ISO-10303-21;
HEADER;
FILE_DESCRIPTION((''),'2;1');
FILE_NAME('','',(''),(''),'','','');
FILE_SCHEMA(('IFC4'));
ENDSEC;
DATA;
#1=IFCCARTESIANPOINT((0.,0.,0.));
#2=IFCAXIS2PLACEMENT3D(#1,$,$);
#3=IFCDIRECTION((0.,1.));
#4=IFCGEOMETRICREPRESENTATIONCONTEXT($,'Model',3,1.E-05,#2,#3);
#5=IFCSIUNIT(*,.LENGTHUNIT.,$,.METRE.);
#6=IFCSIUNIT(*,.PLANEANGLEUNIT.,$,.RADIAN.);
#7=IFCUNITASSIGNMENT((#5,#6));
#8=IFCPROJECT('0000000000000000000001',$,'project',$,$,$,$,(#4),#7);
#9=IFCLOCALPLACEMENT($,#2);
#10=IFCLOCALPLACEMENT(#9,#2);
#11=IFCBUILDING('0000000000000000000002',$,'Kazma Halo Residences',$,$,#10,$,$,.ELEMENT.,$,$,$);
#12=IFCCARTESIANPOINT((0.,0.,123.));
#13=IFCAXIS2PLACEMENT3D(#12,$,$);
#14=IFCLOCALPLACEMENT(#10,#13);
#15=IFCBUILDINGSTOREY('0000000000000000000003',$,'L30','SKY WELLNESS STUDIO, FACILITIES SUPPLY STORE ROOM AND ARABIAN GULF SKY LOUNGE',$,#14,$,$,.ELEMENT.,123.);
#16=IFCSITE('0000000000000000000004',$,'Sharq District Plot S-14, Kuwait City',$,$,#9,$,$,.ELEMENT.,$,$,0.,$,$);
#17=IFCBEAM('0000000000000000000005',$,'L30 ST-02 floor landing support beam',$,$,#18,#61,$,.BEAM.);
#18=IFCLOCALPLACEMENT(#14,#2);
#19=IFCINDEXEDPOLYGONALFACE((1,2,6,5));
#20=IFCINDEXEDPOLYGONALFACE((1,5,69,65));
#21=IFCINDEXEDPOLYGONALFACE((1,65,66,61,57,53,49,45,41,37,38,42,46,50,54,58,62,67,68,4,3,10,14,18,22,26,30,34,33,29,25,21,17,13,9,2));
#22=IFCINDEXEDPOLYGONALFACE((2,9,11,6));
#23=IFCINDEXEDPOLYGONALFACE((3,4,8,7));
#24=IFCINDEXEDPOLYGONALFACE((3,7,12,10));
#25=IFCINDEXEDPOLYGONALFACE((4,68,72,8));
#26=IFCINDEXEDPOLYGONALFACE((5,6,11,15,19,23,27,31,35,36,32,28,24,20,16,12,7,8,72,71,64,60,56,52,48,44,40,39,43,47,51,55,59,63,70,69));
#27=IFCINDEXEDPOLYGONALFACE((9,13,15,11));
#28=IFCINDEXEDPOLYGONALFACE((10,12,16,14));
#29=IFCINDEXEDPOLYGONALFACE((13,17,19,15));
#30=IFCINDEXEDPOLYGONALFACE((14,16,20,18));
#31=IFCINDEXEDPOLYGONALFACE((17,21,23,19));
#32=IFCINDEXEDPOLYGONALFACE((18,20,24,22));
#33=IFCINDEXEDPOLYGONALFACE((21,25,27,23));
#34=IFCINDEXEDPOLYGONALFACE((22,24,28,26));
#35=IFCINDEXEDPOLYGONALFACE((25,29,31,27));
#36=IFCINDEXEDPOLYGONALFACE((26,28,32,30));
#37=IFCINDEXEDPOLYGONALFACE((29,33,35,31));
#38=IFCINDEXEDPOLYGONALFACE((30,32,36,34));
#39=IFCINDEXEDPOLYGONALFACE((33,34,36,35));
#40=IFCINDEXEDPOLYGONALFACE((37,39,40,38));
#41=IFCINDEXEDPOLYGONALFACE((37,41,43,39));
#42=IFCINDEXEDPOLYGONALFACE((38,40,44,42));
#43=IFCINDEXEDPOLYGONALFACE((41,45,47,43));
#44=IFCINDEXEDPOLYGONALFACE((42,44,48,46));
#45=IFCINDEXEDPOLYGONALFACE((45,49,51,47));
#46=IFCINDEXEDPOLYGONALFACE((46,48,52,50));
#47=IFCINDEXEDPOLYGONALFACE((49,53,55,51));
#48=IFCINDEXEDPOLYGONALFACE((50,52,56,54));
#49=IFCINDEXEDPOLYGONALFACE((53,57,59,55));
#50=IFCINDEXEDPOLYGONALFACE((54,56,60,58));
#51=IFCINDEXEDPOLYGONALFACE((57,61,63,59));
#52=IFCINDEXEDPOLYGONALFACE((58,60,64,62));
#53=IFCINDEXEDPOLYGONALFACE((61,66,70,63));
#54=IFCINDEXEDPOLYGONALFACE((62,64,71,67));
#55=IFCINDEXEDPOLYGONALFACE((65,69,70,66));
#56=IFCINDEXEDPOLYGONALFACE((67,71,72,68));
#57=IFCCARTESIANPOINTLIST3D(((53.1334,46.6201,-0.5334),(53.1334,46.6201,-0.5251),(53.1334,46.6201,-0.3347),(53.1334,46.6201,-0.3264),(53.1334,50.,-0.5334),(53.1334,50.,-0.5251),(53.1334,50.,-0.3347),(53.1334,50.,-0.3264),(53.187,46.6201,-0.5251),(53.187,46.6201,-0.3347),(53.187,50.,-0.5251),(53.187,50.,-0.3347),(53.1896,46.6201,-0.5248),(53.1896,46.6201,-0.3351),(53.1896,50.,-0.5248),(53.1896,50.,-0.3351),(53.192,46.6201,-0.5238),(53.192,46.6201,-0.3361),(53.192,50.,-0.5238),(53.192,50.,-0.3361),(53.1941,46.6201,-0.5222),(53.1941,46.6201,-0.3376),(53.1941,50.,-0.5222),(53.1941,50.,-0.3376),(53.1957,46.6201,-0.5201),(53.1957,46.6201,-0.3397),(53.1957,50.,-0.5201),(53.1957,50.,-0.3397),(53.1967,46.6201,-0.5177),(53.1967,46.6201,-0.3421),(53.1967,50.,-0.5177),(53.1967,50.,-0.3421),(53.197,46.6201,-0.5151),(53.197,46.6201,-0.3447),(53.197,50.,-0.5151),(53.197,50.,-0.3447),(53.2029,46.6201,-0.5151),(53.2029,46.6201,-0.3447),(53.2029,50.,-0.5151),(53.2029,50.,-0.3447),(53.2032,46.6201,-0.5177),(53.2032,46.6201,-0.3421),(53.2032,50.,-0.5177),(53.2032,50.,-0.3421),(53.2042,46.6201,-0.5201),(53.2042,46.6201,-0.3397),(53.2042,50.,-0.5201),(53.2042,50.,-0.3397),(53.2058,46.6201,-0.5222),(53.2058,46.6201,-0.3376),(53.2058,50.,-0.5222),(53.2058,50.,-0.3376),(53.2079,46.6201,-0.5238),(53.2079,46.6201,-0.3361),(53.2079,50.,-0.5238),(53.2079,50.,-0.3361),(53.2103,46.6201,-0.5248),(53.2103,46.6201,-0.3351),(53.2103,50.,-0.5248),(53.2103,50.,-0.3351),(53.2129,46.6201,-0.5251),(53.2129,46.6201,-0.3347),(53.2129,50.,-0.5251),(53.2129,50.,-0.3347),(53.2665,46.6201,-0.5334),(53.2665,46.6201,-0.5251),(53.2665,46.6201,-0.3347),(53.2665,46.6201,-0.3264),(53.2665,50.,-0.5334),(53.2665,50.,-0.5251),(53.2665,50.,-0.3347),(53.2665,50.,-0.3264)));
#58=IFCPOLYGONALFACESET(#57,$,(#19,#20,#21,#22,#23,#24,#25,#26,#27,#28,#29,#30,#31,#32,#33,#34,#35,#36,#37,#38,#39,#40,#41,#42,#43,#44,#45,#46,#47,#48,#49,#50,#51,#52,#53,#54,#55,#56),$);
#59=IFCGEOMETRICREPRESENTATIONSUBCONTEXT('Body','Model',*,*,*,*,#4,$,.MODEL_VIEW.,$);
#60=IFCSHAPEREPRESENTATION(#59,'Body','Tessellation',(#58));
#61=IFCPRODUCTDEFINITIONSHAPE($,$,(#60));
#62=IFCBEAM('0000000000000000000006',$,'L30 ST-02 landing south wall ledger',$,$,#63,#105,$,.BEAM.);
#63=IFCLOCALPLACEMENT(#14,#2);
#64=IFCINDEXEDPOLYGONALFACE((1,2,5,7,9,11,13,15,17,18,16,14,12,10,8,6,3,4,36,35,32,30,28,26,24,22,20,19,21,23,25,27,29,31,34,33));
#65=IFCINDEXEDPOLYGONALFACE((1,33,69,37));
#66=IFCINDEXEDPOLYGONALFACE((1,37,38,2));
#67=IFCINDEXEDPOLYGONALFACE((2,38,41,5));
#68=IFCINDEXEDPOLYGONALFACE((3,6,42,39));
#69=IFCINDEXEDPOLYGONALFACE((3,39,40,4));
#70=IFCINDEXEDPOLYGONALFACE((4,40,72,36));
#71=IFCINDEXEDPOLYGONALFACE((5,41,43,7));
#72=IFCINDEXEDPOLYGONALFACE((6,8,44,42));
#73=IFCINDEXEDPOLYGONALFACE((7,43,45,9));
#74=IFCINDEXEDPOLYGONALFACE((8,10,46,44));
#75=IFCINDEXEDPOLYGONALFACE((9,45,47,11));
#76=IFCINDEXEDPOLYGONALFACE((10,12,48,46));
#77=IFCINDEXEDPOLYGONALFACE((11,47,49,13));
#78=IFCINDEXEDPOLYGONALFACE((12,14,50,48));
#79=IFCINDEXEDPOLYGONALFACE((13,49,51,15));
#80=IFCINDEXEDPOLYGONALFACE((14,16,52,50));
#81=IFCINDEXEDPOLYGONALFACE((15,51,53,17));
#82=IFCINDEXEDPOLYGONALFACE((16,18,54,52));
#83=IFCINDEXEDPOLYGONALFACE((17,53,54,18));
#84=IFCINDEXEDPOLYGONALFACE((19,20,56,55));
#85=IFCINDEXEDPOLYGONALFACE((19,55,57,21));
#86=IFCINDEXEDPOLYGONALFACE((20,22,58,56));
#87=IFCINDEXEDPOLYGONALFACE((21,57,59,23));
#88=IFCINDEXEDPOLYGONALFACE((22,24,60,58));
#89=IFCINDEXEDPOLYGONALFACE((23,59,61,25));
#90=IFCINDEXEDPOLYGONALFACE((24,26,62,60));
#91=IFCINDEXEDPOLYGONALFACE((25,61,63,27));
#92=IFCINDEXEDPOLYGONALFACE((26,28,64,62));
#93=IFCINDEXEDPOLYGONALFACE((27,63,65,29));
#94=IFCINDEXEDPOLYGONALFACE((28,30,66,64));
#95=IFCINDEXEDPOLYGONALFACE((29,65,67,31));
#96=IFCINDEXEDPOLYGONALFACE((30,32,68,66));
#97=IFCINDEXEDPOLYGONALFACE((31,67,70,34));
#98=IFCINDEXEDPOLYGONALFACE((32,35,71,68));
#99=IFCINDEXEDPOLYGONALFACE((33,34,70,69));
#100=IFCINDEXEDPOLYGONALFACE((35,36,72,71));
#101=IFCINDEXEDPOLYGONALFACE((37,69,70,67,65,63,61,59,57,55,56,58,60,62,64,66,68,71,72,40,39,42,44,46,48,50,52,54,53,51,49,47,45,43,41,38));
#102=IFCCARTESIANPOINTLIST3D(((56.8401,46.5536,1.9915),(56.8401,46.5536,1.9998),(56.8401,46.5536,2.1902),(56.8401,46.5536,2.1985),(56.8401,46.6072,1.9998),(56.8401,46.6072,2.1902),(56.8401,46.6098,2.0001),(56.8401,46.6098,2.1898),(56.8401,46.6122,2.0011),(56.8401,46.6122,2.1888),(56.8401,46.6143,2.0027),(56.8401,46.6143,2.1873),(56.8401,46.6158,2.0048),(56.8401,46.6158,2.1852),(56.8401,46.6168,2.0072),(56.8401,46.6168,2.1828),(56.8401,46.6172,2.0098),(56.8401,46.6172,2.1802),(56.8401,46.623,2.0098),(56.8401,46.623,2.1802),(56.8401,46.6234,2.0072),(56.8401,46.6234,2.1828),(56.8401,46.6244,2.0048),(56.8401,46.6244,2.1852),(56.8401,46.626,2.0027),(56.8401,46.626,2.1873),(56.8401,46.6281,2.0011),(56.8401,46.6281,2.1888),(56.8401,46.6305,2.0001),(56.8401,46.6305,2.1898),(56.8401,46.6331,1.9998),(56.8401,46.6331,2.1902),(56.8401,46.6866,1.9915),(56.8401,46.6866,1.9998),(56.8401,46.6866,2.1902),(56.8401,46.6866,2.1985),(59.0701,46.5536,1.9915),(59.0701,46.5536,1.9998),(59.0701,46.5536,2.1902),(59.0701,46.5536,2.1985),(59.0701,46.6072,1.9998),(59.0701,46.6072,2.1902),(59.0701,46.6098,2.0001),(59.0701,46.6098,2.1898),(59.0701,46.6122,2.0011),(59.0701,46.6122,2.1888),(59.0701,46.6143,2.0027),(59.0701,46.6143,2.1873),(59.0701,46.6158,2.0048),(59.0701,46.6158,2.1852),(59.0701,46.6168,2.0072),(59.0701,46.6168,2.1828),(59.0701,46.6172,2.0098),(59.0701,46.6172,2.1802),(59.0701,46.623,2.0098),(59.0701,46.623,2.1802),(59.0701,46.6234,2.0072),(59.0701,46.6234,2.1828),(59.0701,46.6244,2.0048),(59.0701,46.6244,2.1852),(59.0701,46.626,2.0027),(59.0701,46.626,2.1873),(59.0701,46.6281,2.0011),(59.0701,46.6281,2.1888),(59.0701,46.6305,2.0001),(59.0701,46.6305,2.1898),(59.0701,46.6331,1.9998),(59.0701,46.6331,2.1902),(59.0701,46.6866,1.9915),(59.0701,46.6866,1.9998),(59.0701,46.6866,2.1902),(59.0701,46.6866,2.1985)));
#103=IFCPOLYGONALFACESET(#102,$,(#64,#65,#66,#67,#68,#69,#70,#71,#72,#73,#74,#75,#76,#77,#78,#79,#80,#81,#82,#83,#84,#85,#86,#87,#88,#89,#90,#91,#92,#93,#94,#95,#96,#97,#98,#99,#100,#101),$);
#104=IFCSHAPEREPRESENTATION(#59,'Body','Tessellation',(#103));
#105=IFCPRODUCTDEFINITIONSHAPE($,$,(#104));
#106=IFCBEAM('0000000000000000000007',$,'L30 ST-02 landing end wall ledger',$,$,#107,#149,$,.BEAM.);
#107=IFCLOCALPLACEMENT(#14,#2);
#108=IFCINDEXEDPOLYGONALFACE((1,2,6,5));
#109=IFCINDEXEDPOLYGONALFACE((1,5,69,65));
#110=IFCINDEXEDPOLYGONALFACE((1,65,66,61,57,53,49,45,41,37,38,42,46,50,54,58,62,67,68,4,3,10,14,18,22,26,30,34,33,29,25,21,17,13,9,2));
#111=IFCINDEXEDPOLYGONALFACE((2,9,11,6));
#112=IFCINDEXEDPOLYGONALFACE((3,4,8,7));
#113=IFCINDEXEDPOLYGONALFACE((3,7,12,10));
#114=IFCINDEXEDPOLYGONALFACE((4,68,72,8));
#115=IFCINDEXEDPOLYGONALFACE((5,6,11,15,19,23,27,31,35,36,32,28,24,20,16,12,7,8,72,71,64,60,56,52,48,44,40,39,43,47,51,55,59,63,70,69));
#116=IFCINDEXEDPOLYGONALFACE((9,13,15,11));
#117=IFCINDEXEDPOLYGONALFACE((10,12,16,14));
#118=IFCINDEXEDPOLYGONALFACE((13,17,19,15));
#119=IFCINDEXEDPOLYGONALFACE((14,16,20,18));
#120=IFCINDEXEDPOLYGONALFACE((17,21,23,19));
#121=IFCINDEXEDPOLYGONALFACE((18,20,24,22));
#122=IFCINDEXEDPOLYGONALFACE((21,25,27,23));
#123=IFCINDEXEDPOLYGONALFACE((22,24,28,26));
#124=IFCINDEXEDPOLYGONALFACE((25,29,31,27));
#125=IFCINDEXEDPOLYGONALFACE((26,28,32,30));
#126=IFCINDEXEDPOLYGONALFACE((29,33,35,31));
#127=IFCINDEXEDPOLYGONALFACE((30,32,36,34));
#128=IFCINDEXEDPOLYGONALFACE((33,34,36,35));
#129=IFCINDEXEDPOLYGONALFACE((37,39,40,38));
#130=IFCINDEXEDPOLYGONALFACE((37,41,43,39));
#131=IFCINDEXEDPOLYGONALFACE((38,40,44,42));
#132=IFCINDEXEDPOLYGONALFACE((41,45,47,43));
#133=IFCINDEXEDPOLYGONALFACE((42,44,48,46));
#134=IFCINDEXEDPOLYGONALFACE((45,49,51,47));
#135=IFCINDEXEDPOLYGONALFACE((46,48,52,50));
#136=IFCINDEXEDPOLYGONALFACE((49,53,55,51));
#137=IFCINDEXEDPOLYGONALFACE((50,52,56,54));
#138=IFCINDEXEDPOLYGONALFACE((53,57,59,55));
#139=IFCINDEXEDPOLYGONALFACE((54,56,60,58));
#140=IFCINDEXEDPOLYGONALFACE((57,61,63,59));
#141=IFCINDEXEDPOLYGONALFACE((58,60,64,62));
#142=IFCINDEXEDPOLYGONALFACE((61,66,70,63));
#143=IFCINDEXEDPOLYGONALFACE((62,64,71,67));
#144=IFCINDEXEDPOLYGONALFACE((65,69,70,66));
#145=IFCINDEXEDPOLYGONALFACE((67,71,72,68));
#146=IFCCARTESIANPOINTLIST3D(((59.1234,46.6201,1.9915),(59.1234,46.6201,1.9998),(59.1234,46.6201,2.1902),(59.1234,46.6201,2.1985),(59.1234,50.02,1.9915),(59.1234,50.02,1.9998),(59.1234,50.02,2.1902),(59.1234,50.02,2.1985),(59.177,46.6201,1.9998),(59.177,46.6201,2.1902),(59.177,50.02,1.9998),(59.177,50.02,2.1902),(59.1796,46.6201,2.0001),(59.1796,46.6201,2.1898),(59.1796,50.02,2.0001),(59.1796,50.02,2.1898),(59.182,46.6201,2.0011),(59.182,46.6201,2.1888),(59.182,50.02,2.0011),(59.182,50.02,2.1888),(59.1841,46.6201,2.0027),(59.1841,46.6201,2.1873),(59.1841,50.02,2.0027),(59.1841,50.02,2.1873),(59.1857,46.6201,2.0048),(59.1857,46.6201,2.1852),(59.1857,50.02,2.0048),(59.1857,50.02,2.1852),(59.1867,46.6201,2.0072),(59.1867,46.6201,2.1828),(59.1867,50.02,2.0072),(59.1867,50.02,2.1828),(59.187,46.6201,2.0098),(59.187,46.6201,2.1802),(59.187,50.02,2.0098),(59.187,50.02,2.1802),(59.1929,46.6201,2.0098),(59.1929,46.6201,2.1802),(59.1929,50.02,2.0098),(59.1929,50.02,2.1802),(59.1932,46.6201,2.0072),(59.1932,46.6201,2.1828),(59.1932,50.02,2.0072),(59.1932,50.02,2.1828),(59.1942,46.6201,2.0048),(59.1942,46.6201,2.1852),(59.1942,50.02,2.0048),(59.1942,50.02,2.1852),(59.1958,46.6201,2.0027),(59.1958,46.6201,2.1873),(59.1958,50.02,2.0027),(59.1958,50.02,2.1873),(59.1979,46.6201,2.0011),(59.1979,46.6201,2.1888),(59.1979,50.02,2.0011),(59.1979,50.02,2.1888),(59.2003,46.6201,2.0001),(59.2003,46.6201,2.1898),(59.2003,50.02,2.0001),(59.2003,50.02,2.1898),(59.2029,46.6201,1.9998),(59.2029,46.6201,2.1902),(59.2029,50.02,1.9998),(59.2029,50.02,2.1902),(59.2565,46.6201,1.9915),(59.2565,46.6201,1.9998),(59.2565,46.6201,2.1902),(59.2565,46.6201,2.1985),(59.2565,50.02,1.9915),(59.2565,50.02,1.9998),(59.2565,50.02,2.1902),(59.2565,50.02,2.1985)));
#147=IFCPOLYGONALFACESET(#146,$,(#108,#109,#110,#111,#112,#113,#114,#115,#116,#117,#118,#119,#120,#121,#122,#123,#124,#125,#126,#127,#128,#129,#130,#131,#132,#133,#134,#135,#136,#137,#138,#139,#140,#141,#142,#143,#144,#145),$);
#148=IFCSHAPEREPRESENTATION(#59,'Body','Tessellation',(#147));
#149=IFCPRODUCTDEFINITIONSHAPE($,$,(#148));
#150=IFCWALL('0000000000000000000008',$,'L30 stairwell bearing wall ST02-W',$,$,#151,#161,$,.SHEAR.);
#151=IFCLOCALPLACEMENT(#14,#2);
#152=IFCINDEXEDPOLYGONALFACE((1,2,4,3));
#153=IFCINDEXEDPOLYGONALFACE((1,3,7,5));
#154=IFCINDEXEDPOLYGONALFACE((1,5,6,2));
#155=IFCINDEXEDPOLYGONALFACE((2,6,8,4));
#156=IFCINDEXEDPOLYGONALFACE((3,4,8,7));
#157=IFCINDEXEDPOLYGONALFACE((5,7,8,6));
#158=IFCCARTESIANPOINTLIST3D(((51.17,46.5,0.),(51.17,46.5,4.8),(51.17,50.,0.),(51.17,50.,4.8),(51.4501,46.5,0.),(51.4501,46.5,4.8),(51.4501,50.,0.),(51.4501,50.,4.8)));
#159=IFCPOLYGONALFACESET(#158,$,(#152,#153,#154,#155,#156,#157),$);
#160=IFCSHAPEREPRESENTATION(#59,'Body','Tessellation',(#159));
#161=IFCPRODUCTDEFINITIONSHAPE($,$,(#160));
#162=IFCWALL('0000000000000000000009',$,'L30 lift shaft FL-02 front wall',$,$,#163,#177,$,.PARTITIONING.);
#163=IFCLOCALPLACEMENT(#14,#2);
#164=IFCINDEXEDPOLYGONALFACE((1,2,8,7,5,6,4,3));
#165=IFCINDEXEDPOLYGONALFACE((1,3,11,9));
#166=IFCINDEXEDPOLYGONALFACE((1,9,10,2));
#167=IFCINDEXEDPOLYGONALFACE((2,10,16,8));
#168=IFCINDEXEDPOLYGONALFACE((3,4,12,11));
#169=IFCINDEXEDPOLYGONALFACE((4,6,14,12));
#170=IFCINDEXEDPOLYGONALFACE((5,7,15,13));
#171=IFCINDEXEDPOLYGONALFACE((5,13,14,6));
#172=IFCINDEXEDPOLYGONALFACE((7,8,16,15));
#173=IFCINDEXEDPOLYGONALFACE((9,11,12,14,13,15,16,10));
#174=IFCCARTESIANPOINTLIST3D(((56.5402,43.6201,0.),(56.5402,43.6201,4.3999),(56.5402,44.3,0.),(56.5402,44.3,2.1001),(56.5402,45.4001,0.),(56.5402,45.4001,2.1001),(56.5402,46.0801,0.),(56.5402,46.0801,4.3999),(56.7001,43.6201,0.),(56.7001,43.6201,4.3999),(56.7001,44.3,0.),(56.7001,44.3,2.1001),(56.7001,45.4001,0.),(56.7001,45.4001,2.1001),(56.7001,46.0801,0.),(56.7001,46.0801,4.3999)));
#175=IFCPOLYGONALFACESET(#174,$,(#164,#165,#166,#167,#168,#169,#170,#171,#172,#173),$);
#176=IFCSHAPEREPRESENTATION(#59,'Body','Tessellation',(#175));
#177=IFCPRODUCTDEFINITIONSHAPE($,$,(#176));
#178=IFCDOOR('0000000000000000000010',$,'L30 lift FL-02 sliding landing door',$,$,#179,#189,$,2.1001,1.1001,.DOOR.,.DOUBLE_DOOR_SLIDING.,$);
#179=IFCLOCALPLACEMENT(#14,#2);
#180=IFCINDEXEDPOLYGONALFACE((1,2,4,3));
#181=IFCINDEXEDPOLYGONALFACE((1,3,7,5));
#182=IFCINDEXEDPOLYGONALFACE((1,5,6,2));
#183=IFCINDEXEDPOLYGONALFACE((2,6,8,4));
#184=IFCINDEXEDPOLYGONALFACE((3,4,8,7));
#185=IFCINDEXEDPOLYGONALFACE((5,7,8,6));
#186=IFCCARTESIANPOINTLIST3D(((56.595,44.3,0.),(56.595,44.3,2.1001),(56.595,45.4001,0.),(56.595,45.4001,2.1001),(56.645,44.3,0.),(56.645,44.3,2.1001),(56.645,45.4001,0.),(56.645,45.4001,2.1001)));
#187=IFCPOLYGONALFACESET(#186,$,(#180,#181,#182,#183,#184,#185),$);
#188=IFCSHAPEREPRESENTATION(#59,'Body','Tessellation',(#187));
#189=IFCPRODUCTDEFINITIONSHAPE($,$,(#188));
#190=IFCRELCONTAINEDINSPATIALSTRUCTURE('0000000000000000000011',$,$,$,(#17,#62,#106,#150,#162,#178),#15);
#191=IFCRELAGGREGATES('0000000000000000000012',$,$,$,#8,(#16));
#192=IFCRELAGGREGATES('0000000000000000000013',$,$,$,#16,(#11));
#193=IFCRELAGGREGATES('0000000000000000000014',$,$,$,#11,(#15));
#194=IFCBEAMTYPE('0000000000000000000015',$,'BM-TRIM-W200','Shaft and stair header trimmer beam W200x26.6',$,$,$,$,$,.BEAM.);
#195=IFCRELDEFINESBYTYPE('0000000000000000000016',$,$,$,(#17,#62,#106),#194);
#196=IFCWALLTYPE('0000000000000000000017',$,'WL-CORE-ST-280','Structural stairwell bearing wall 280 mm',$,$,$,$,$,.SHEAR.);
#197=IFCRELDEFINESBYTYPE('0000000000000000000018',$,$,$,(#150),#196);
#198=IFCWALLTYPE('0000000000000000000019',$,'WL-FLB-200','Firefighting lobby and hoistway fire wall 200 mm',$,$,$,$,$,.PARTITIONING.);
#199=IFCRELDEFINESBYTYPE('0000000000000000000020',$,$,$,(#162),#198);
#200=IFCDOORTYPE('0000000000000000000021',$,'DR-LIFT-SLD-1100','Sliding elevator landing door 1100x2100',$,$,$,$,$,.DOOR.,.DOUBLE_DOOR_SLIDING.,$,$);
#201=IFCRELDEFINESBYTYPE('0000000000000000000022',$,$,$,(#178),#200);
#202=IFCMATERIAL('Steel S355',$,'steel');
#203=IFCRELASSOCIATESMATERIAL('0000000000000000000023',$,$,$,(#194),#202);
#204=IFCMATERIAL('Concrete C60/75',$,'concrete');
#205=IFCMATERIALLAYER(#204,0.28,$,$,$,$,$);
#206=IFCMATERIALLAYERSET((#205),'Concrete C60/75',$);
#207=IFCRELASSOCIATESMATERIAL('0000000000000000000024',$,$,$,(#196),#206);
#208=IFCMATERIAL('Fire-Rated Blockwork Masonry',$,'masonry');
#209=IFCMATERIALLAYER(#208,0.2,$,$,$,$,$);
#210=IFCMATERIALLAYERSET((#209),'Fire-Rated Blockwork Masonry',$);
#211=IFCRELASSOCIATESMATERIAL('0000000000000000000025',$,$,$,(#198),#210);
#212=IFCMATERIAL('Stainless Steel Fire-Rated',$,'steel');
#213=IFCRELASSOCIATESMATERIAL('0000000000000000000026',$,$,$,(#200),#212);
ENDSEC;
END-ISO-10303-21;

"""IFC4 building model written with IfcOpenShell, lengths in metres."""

from ifc_helpers import new_model, si_unit, direction, frame, frame_2d, origin, origin_2d, place, context, subcontext, project, spatial, rectangle, i_section, extrude, material, layer, layer_set, material_profile, profile_set, type_object, element, fill, save


model = new_model("IFC4")

# Units and contexts
model_context = context("Model", 3, precision=1e-05, world=origin(), true_north=direction((0.0, 1.0)))
body_context = subcontext(model_context, "Body", "Model", "MODEL_VIEW")
ifc_project = project(units=[si_unit("LENGTHUNIT", "METRE"), si_unit("PLANEANGLEUNIT", "RADIAN")], contexts=[model_context])

# Site, building, storey
site_placement = place(None, origin())
site = spatial("IfcSite", under=ifc_project, at=site_placement, Name="Sharq District Plot S-14, Kuwait City", CompositionType="ELEMENT", RefElevation=0.0)
building_placement = place(site_placement, origin())
building = spatial("IfcBuilding", under=site, at=building_placement, Name="Kazma Halo Residences", CompositionType="ELEMENT")
storey_placement = place(building_placement, frame((0.0, 0.0, 123.0)))
storey = spatial("IfcBuildingStorey", under=building, at=storey_placement, Name="L30", Description="SKY WELLNESS STUDIO, FACILITIES SUPPLY STORE ROOM AND ARABIAN GULF SKY LOUNGE", CompositionType="ELEMENT", Elevation=123.0)

# Shared definitions
ifc_material_1 = material(Name="Steel S355", Category="steel")

# Beams
ifc_material_profile_1 = material_profile(ifc_material_1, i_section(OverallWidth=0.1331, OverallDepth=0.207, WebThickness=0.0059, FlangeThickness=0.0083, FilletRadius=0.01, at=origin_2d()), Name="W200x26.6")
ifc_profile_set_1 = profile_set([ifc_material_profile_1], Name="Steel S355")
beam_type_1 = type_object("IfcBeamType", Name="BM-TRIM-W200", Description="Shaft and stair header trimmer beam W200x26.6", PredefinedType="BEAM", material=ifc_profile_set_1)
beam_1_placement = place(storey_placement, frame((53.2, 46.6201, -0.4299), z_axis=(0.0, 1.0, 0.0), x_axis=(-1.0, 0.0, 0.0)))
element("IfcBeam", 1, at=beam_1_placement, inside=storey, type_object=beam_type_1, Name="L30 ST-02 floor landing support beam", PredefinedType="BEAM", context=body_context, shape_type="SweptSolid", body=[
    extrude(i_section(OverallWidth=0.1331, OverallDepth=0.207, WebThickness=0.0059, FlangeThickness=0.0083, FilletRadius=0.01, at=origin_2d()), origin(), (0.0, 0.0, 1.0), 3.3799),
])
beam_2_placement = place(storey_placement, frame((56.8401, 46.6201, 2.095), z_axis=(1.0, 0.0, 0.0), x_axis=(0.0, 1.0, 0.0)))
element("IfcBeam", 2, at=beam_2_placement, inside=storey, type_object=beam_type_1, Name="L30 ST-02 landing south wall ledger", PredefinedType="BEAM", context=body_context, shape_type="SweptSolid", body=[
    extrude(i_section(OverallWidth=0.1331, OverallDepth=0.207, WebThickness=0.0059, FlangeThickness=0.0083, FilletRadius=0.01, at=origin_2d()), origin(), (0.0, 0.0, 1.0), 2.23),
])
beam_3_placement = place(storey_placement, frame((59.1899, 46.6201, 2.095), z_axis=(0.0, 1.0, 0.0), x_axis=(-1.0, 0.0, 0.0)))
element("IfcBeam", 3, at=beam_3_placement, inside=storey, type_object=beam_type_1, Name="L30 ST-02 landing end wall ledger", PredefinedType="BEAM", context=body_context, shape_type="SweptSolid", body=[
    extrude(i_section(OverallWidth=0.1331, OverallDepth=0.207, WebThickness=0.0059, FlangeThickness=0.0083, FilletRadius=0.01, at=origin_2d()), origin(), (0.0, 0.0, 1.0), 3.3999),
])

# Wall
ifc_material_2 = material(Name="Concrete C60/75", Category="concrete")
ifc_layer_1 = layer(ifc_material_2, 0.28)
ifc_layer_set_1 = layer_set([ifc_layer_1], Name="Concrete C60/75")
wall_type_1 = type_object("IfcWallType", Name="WL-CORE-ST-280", Description="Structural stairwell bearing wall 280 mm", PredefinedType="SHEAR", material=ifc_layer_set_1)
wall_1_placement = place(storey_placement, frame((51.3101, 46.5, 0.0), z_axis=(0.0, 0.0, 1.0), x_axis=(0.0, 1.0, 0.0)))
element("IfcWall", 4, at=wall_1_placement, inside=storey, type_object=wall_type_1, Name="L30 stairwell bearing wall ST02-W", PredefinedType="SHEAR", context=body_context, shape_type="SweptSolid", body=[
    extrude(rectangle(XDim=3.5, YDim=0.28, at=frame_2d((1.75, 0.0))), origin(), (0.0, 0.0, 1.0), 4.8),
])

# Wall, opening, door
ifc_material_3 = material(Name="Fire-Rated Blockwork Masonry", Category="masonry")
ifc_layer_2 = layer(ifc_material_3, 0.2)
ifc_layer_set_2 = layer_set([ifc_layer_2], Name="Fire-Rated Blockwork Masonry")
wall_type_2 = type_object("IfcWallType", Name="WL-FLB-200", Description="Firefighting lobby and hoistway fire wall 200 mm", PredefinedType="PARTITIONING", material=ifc_layer_set_2)
wall_2_placement = place(storey_placement, frame((56.6201, 46.0801, 0.0), z_axis=(0.0, 0.0, 1.0), x_axis=(0.0, -1.0, 0.0)))
wall_2 = element("IfcWall", 5, at=wall_2_placement, inside=storey, type_object=wall_type_2, Name="L30 lift shaft FL-02 front wall", PredefinedType="PARTITIONING", context=body_context, shape_type="SweptSolid", body=[
    extrude(rectangle(XDim=2.46, YDim=0.1599, at=frame_2d((1.23, 0.0))), origin(), (0.0, 0.0, 1.0), 4.3999),
])
opening_1_placement = place(wall_2_placement, frame((0.6799, 0.0, 0.0)))
opening_1 = element("IfcOpeningElement", 6, at=opening_1_placement, cuts=wall_2, PredefinedType="OPENING", context=body_context, shape_type="SweptSolid", body=[
    extrude(rectangle(XDim=1.1001, YDim=2.1001, at=frame_2d((0.55, 1.05))), frame((0.0, 0.0898, 0.0), z_axis=(0.0, -1.0, 0.0), x_axis=(1.0, 0.0, 0.0)), (0.0, 0.0, 1.0), 0.1799),
])
ifc_material_4 = material(Name="Stainless Steel Fire-Rated", Category="steel")
door_type_1 = type_object("IfcDoorType", Name="DR-LIFT-SLD-1100", Description="Sliding elevator landing door 1100x2100", OperationType="DOUBLE_DOOR_SLIDING", PredefinedType="DOOR", material=ifc_material_4)
door_1_placement = place(opening_1_placement, origin())
door_1 = element("IfcDoor", 7, at=door_1_placement, inside=storey, type_object=door_type_1, Name="L30 lift FL-02 sliding landing door", OperationType="DOUBLE_DOOR_SLIDING", OverallHeight=2.1001, OverallWidth=1.1001, PredefinedType="DOOR", context=body_context, shape_type="SweptSolid", body=[
    extrude(rectangle(XDim=1.1001, YDim=2.1001, at=frame_2d((0.55, 1.05))), frame((0.0, 0.0249, 0.0), z_axis=(0.0, -1.0, 0.0), x_axis=(1.0, 0.0, 0.0)), (0.0, 0.0, 1.0), 0.05),
])
fill(opening_1, door_1)

save(model, "model.ifc")
